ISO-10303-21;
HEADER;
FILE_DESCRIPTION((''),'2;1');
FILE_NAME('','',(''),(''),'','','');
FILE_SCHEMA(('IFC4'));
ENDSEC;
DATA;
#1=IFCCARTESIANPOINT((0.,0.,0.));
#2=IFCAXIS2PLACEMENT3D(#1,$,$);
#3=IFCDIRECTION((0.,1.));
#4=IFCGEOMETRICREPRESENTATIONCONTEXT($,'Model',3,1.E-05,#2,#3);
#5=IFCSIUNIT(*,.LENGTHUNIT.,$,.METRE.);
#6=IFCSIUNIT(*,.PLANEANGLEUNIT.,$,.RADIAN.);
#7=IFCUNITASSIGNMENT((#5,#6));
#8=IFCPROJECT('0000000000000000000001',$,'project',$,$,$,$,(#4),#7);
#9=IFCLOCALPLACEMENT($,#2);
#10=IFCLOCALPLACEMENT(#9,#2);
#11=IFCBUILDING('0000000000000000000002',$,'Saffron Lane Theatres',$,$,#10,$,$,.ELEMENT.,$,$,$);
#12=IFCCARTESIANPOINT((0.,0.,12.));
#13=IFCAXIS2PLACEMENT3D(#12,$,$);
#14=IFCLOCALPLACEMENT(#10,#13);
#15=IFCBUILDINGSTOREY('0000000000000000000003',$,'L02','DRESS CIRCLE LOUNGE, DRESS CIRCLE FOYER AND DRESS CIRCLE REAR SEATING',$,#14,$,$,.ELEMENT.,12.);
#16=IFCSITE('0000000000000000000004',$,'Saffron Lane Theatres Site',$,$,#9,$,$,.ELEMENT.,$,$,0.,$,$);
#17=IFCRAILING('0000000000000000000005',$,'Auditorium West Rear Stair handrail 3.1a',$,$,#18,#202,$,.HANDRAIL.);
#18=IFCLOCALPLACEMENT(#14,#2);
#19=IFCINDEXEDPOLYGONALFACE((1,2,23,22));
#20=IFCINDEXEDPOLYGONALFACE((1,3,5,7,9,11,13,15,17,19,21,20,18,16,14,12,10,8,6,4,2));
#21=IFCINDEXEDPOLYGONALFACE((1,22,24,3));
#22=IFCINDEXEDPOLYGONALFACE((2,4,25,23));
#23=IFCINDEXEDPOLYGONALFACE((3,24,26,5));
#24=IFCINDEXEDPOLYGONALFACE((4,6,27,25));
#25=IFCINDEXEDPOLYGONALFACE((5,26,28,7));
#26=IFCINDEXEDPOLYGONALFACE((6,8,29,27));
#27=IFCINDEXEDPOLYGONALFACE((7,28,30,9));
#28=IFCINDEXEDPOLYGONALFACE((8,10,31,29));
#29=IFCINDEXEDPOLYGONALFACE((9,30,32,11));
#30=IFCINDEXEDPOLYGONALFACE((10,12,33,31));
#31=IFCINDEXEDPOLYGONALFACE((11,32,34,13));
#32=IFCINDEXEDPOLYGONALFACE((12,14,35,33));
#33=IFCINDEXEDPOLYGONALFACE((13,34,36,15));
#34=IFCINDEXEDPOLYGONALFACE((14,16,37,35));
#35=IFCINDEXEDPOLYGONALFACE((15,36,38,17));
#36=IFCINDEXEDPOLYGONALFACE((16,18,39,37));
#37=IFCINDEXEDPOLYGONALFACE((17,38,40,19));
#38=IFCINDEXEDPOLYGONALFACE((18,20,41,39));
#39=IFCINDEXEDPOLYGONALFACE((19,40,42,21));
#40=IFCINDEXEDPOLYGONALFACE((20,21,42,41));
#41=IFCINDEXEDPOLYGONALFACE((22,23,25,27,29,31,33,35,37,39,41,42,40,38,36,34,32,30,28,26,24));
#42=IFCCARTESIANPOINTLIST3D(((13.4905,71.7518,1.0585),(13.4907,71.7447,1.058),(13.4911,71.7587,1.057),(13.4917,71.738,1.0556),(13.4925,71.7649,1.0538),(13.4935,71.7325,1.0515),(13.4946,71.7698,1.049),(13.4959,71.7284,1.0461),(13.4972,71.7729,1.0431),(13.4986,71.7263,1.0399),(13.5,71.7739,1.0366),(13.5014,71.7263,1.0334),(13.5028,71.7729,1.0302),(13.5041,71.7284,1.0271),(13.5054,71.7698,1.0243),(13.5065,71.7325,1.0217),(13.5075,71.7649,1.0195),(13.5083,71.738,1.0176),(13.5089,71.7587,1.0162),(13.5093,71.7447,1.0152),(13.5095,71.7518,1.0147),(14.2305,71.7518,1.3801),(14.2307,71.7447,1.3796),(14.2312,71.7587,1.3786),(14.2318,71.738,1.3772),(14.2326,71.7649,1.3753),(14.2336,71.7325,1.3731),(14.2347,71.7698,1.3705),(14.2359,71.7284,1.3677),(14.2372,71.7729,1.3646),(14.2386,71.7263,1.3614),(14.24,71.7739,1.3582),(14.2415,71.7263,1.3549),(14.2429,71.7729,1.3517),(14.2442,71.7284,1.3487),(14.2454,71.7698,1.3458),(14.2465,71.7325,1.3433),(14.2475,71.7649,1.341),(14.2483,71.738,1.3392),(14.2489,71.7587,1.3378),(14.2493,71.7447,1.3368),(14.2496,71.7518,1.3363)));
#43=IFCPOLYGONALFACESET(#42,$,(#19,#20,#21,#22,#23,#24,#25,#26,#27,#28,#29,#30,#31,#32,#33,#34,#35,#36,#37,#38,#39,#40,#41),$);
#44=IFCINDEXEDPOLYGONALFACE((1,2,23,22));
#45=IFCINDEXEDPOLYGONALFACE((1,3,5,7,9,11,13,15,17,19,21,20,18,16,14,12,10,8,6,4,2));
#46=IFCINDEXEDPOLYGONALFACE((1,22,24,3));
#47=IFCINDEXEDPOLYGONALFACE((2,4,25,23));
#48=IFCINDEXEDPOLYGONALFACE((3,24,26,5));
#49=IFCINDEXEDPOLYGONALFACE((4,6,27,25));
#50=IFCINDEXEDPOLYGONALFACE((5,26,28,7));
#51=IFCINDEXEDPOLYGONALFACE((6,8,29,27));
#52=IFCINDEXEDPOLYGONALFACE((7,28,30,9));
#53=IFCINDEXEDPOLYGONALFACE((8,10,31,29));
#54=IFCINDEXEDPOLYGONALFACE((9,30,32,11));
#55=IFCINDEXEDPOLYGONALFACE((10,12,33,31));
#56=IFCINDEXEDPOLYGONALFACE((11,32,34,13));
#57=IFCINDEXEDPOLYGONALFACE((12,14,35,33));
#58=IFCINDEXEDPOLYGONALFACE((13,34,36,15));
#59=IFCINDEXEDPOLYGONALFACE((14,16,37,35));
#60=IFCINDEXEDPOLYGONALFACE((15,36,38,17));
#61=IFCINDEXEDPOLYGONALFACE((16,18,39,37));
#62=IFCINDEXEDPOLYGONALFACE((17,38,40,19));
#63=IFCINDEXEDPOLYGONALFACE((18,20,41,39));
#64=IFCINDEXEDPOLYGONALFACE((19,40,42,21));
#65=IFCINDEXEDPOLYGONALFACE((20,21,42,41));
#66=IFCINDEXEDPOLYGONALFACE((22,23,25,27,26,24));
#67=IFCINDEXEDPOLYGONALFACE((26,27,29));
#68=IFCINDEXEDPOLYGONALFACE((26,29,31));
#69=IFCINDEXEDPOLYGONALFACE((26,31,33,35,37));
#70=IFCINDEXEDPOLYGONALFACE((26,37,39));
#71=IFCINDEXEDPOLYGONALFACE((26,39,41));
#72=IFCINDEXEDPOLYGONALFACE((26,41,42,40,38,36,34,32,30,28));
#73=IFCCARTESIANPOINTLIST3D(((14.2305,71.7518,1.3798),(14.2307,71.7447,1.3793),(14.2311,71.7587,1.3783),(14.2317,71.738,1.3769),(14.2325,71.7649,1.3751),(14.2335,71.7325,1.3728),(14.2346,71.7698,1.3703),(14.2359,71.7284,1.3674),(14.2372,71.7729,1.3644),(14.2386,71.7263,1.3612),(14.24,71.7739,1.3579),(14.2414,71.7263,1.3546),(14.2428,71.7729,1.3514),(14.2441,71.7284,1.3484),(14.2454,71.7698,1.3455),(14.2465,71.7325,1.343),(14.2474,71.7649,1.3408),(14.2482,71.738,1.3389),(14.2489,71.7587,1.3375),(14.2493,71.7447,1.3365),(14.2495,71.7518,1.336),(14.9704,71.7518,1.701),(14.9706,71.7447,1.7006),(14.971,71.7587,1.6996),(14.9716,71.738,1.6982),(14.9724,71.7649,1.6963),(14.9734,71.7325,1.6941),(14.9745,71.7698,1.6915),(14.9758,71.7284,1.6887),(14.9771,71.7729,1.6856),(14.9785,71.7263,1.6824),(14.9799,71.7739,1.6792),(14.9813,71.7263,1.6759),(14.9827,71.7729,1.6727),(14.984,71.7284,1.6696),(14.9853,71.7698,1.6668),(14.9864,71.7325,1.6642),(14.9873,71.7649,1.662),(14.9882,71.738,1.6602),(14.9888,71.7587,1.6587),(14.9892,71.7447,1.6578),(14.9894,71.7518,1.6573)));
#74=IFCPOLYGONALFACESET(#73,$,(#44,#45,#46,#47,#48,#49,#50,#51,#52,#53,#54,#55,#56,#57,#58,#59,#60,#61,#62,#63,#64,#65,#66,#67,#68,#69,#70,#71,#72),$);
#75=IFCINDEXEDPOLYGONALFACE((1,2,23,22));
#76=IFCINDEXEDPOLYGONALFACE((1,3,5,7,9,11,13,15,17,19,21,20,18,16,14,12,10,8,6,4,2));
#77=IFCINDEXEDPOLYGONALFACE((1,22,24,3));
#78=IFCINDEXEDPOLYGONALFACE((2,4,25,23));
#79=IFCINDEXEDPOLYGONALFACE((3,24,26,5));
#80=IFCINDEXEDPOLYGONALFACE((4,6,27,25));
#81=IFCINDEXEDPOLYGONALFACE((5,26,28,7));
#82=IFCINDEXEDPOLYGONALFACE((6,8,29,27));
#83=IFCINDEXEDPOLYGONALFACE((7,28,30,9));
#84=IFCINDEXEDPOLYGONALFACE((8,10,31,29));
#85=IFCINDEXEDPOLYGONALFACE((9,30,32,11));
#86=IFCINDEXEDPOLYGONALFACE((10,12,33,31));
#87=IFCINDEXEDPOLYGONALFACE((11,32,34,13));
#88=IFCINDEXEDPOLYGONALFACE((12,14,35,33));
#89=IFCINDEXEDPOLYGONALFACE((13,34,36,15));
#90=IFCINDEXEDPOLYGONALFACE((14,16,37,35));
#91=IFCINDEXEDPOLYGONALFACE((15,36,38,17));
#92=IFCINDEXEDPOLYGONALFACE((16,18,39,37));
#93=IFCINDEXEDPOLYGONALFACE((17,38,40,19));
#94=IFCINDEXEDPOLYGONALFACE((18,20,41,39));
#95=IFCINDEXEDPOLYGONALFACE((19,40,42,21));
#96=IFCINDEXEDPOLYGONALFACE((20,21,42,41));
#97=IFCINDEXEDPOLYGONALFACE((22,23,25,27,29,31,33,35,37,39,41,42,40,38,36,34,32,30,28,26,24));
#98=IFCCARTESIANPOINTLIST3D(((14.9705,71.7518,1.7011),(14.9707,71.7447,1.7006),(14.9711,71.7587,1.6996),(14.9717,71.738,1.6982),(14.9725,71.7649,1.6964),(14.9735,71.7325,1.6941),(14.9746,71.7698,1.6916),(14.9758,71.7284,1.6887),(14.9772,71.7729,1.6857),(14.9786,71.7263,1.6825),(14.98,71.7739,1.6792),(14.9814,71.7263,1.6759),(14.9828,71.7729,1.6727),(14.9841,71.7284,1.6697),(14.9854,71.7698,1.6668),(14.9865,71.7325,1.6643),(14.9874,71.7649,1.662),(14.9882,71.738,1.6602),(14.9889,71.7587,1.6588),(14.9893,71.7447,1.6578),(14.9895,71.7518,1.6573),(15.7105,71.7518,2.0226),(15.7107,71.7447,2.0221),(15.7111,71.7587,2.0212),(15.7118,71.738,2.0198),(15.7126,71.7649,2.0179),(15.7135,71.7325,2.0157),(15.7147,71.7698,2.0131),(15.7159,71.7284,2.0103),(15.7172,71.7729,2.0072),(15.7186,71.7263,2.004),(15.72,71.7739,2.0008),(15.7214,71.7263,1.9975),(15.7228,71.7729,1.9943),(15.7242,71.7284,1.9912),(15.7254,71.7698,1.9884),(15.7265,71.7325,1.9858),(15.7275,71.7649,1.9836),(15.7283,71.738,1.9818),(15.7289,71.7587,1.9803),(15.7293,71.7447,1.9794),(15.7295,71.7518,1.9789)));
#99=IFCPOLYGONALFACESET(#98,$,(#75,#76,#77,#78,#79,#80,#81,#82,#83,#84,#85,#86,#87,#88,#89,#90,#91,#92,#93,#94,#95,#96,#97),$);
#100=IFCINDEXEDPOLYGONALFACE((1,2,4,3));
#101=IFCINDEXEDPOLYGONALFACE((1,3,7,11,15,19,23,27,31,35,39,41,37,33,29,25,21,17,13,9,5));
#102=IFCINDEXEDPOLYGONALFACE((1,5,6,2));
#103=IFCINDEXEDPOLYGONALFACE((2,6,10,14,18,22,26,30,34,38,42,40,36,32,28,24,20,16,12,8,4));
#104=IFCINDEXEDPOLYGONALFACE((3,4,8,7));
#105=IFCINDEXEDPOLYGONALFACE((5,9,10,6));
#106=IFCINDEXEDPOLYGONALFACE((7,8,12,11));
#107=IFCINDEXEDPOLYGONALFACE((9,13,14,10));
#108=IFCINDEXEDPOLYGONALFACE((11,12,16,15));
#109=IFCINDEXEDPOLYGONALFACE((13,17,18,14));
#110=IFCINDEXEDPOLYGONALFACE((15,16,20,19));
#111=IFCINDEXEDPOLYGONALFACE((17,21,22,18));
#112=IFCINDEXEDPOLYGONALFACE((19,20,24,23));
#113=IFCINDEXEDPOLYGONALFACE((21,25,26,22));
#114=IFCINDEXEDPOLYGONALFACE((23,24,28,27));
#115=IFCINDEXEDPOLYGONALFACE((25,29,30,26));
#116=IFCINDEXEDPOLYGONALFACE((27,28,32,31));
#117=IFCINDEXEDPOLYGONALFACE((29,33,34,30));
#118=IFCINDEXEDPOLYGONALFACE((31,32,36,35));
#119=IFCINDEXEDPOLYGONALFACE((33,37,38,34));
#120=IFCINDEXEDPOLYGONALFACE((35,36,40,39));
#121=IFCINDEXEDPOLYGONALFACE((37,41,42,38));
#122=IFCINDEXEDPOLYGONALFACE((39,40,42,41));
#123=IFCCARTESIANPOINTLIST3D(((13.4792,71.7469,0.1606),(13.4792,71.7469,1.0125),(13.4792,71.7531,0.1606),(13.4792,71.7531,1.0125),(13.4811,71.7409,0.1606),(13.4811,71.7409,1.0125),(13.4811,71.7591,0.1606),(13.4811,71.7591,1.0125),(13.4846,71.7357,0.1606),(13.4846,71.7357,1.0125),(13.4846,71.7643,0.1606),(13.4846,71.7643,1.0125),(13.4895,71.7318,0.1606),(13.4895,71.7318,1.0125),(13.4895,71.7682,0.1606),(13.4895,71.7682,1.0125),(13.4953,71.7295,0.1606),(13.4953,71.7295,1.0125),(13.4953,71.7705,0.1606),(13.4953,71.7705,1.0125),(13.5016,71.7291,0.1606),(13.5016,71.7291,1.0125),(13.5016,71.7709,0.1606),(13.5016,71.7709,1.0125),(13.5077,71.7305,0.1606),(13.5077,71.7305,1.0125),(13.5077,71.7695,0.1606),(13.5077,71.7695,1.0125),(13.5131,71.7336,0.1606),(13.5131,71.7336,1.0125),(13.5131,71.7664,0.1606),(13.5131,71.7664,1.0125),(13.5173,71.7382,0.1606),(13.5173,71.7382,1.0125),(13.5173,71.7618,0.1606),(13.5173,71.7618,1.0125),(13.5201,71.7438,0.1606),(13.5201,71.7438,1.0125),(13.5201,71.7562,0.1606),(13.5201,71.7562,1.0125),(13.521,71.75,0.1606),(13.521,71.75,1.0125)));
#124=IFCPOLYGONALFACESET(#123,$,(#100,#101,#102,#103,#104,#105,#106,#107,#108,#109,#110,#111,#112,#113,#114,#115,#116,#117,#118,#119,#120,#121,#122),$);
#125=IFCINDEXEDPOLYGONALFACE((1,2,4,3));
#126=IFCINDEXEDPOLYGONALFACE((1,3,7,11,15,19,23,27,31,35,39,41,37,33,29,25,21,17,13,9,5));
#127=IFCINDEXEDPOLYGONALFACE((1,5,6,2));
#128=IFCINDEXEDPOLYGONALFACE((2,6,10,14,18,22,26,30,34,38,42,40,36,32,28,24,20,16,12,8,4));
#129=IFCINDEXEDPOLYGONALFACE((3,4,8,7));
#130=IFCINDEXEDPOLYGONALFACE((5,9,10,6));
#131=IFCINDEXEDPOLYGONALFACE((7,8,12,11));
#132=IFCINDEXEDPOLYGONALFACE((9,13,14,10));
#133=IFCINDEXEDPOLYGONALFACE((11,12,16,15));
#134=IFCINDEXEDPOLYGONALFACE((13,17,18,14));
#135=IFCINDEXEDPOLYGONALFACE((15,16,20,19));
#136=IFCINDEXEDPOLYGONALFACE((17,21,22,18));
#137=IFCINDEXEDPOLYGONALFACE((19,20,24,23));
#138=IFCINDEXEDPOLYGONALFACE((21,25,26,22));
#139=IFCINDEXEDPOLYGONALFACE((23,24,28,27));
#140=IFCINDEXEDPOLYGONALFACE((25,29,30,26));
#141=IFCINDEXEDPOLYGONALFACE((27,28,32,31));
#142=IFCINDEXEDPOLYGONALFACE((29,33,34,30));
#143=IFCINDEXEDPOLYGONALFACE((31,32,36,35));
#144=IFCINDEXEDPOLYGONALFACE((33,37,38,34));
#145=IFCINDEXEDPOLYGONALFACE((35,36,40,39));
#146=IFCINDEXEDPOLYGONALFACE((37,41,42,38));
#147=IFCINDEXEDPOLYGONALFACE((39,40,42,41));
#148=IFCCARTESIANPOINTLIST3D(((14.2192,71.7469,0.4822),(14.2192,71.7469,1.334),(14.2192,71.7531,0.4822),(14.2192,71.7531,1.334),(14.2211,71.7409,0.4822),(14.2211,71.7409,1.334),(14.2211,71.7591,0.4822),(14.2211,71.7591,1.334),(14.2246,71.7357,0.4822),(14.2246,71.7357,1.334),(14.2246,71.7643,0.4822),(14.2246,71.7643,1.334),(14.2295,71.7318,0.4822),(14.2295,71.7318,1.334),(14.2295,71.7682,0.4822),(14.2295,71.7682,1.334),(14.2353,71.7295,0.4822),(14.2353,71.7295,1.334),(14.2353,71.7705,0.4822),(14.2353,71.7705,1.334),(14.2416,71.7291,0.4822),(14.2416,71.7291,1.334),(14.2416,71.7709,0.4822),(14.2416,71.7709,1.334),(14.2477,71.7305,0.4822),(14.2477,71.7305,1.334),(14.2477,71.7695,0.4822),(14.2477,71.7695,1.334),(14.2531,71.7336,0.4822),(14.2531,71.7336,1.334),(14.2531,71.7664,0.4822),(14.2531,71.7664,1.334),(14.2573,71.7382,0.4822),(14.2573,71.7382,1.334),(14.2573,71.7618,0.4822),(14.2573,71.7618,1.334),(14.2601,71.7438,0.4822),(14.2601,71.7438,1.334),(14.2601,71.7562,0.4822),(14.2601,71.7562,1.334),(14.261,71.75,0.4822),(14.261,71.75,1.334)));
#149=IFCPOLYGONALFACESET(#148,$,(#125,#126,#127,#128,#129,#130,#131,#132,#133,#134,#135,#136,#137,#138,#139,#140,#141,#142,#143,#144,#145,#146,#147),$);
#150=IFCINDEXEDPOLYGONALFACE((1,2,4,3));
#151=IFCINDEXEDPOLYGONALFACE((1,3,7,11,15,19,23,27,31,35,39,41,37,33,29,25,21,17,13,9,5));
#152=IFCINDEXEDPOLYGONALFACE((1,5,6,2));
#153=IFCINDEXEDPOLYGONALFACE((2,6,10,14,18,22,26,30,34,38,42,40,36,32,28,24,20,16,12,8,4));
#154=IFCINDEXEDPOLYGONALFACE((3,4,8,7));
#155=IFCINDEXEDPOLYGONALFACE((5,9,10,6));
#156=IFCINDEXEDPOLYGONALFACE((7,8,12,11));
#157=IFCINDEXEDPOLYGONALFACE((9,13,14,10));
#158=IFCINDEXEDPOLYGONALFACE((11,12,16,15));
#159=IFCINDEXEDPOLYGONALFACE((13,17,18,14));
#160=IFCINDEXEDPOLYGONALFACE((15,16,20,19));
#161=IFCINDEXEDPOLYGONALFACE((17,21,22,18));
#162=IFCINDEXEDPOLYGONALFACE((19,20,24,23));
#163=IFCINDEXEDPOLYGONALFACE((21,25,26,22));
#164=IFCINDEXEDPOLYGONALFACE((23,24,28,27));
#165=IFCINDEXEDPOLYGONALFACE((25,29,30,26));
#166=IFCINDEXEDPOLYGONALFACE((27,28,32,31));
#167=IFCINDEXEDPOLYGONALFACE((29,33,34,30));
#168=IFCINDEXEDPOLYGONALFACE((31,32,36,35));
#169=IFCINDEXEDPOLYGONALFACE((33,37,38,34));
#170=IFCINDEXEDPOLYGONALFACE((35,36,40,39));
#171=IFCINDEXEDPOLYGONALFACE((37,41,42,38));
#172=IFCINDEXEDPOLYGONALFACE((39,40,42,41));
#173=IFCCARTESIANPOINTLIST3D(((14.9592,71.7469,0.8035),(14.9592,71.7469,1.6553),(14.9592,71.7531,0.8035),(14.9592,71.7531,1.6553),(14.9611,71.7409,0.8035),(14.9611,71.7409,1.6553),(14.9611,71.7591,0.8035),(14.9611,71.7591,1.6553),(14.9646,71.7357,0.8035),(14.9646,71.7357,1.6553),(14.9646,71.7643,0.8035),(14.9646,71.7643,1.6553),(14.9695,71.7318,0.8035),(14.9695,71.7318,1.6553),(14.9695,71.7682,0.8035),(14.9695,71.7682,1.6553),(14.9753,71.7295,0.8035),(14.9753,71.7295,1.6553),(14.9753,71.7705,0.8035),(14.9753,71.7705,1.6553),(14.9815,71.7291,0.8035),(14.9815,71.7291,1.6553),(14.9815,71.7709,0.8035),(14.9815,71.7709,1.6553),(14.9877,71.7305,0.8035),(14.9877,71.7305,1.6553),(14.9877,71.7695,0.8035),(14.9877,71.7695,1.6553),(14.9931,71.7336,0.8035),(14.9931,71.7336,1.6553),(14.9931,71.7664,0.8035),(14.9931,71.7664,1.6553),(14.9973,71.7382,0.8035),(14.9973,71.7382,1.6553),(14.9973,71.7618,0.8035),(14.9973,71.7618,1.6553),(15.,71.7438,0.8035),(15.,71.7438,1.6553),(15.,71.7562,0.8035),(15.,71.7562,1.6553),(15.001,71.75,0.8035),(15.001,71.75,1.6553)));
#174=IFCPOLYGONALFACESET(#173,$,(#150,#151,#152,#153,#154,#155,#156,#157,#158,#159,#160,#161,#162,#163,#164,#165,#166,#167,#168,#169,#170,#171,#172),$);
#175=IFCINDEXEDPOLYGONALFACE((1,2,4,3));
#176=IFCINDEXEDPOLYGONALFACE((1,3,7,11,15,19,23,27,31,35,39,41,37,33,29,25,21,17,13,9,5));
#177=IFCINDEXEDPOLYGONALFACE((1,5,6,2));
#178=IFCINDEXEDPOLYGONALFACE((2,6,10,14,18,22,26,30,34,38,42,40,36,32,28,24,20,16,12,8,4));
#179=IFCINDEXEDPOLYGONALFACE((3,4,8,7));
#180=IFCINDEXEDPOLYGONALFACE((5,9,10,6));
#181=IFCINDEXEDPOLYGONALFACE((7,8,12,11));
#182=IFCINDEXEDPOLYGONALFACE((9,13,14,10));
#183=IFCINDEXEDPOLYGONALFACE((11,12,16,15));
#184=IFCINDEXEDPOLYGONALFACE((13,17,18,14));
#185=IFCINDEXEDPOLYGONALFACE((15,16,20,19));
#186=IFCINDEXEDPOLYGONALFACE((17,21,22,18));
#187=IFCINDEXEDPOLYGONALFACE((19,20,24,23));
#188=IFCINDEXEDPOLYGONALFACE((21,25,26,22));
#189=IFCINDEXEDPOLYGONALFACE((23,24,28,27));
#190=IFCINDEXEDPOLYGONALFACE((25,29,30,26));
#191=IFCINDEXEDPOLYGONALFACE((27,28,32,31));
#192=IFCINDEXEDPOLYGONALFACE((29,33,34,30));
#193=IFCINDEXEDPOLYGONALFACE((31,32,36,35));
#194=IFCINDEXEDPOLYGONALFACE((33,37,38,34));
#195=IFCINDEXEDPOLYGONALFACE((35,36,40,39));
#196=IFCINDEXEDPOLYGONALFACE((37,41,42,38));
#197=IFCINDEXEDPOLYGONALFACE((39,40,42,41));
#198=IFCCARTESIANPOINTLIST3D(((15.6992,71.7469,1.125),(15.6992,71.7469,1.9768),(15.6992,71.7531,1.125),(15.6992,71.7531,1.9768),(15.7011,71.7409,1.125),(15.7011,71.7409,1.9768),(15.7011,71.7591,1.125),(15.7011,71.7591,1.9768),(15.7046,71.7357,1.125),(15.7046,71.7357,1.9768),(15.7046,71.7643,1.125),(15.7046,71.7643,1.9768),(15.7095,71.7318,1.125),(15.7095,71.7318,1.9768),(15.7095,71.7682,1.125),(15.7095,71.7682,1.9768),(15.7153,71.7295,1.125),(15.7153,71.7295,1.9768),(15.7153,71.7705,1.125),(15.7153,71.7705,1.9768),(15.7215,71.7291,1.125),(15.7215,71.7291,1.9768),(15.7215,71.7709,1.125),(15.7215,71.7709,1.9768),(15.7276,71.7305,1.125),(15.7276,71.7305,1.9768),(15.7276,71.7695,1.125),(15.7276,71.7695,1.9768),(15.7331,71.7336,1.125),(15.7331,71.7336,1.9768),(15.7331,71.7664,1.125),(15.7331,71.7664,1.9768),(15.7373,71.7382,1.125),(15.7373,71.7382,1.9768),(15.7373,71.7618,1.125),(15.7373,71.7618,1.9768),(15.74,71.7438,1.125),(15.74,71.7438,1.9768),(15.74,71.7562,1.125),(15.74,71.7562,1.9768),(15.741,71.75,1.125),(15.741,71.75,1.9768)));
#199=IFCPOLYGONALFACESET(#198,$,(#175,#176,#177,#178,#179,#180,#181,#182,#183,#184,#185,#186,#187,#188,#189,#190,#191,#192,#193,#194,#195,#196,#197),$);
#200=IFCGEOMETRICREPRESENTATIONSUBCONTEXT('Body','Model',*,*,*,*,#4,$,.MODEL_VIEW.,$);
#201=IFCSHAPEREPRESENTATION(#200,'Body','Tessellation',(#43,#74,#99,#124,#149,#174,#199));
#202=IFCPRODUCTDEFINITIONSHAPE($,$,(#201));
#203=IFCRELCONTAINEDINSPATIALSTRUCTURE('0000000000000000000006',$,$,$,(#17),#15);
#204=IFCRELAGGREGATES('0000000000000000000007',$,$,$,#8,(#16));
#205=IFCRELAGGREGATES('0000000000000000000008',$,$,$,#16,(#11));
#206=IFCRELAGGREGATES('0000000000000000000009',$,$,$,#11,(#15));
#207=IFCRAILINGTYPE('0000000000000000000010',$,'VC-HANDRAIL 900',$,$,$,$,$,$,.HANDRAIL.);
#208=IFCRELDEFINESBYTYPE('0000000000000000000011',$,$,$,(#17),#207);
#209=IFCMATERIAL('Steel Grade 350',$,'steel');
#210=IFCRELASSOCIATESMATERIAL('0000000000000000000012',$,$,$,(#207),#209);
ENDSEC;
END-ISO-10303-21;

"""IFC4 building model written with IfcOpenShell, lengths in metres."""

from ifc_helpers import new_model, si_unit, direction, frame, origin, origin_2d, place, context, subcontext, project, spatial, circle, extrude, material, type_object, element, save


model = new_model("IFC4")

# Units and contexts
model_context = context("Model", 3, precision=1e-05, world=origin(), true_north=direction((0.0, 1.0)))
body_context = subcontext(model_context, "Body", "Model", "MODEL_VIEW")
ifc_project = project(units=[si_unit("LENGTHUNIT", "METRE"), si_unit("PLANEANGLEUNIT", "RADIAN")], contexts=[model_context])

# Site, building, storey
site_placement = place(None, origin())
site = spatial("IfcSite", under=ifc_project, at=site_placement, Name="Saffron Lane Theatres Site", CompositionType="ELEMENT", RefElevation=0.0)
building_placement = place(site_placement, origin())
building = spatial("IfcBuilding", under=site, at=building_placement, Name="Saffron Lane Theatres", CompositionType="ELEMENT")
storey_placement = place(building_placement, frame((0.0, 0.0, 12.0)))
storey = spatial("IfcBuildingStorey", under=building, at=storey_placement, Name="L02", Description="DRESS CIRCLE LOUNGE, DRESS CIRCLE FOYER AND DRESS CIRCLE REAR SEATING", CompositionType="ELEMENT", Elevation=12.0)

# Railing
ifc_material_1 = material(Name="Steel Grade 350", Category="steel")
railing_type_1 = type_object("IfcRailingType", Name="VC-HANDRAIL 900", PredefinedType="HANDRAIL", material=ifc_material_1)
for number, where, name in (
    (1, (13.5, 71.75, 0.1606), "Auditorium West Rear Stair handrail 3.1a"),
):
    element("IfcRailing", number, at=place(storey_placement, frame(where)), inside=storey, type_object=railing_type_1, Name=name, PredefinedType="HANDRAIL", context=body_context, shape_type="SweptSolid", body=[
        extrude(circle(Radius=0.0239, at=origin_2d()), frame((0.0, 0.0, 0.876), z_axis=(0.917161, 0.0, 0.398516), x_axis=(0.0, 1.0, 0.0)), (0.0, 0.0, 1.0), 0.8069),
        extrude(circle(Radius=0.0239, at=origin_2d()), frame((0.74, 0.0, 1.1973), z_axis=(0.917272, 0.0, 0.398261), x_axis=(0.0, 1.0, 0.0)), (0.0, 0.0, 1.0), 0.8066),
        extrude(circle(Radius=0.0239, at=origin_2d()), frame((1.48, 0.0, 1.5186), z_axis=(0.917161, 0.0, 0.398516), x_axis=(0.0, 1.0, 0.0)), (0.0, 0.0, 1.0), 0.8069),
        extrude(circle(Radius=0.021, at=origin_2d()), origin(), (0.0, 0.0, 1.0), 0.8518),
        extrude(circle(Radius=0.021, at=origin_2d()), frame((0.74, 0.0, 0.3215)), (0.0, 0.0, 1.0), 0.8518),
        extrude(circle(Radius=0.021, at=origin_2d()), frame((1.48, 0.0, 0.6428)), (0.0, 0.0, 1.0), 0.8518),
        extrude(circle(Radius=0.021, at=origin_2d()), frame((2.22, 0.0, 0.9644)), (0.0, 0.0, 1.0), 0.8518),
    ])

save(model, "model.ifc")
